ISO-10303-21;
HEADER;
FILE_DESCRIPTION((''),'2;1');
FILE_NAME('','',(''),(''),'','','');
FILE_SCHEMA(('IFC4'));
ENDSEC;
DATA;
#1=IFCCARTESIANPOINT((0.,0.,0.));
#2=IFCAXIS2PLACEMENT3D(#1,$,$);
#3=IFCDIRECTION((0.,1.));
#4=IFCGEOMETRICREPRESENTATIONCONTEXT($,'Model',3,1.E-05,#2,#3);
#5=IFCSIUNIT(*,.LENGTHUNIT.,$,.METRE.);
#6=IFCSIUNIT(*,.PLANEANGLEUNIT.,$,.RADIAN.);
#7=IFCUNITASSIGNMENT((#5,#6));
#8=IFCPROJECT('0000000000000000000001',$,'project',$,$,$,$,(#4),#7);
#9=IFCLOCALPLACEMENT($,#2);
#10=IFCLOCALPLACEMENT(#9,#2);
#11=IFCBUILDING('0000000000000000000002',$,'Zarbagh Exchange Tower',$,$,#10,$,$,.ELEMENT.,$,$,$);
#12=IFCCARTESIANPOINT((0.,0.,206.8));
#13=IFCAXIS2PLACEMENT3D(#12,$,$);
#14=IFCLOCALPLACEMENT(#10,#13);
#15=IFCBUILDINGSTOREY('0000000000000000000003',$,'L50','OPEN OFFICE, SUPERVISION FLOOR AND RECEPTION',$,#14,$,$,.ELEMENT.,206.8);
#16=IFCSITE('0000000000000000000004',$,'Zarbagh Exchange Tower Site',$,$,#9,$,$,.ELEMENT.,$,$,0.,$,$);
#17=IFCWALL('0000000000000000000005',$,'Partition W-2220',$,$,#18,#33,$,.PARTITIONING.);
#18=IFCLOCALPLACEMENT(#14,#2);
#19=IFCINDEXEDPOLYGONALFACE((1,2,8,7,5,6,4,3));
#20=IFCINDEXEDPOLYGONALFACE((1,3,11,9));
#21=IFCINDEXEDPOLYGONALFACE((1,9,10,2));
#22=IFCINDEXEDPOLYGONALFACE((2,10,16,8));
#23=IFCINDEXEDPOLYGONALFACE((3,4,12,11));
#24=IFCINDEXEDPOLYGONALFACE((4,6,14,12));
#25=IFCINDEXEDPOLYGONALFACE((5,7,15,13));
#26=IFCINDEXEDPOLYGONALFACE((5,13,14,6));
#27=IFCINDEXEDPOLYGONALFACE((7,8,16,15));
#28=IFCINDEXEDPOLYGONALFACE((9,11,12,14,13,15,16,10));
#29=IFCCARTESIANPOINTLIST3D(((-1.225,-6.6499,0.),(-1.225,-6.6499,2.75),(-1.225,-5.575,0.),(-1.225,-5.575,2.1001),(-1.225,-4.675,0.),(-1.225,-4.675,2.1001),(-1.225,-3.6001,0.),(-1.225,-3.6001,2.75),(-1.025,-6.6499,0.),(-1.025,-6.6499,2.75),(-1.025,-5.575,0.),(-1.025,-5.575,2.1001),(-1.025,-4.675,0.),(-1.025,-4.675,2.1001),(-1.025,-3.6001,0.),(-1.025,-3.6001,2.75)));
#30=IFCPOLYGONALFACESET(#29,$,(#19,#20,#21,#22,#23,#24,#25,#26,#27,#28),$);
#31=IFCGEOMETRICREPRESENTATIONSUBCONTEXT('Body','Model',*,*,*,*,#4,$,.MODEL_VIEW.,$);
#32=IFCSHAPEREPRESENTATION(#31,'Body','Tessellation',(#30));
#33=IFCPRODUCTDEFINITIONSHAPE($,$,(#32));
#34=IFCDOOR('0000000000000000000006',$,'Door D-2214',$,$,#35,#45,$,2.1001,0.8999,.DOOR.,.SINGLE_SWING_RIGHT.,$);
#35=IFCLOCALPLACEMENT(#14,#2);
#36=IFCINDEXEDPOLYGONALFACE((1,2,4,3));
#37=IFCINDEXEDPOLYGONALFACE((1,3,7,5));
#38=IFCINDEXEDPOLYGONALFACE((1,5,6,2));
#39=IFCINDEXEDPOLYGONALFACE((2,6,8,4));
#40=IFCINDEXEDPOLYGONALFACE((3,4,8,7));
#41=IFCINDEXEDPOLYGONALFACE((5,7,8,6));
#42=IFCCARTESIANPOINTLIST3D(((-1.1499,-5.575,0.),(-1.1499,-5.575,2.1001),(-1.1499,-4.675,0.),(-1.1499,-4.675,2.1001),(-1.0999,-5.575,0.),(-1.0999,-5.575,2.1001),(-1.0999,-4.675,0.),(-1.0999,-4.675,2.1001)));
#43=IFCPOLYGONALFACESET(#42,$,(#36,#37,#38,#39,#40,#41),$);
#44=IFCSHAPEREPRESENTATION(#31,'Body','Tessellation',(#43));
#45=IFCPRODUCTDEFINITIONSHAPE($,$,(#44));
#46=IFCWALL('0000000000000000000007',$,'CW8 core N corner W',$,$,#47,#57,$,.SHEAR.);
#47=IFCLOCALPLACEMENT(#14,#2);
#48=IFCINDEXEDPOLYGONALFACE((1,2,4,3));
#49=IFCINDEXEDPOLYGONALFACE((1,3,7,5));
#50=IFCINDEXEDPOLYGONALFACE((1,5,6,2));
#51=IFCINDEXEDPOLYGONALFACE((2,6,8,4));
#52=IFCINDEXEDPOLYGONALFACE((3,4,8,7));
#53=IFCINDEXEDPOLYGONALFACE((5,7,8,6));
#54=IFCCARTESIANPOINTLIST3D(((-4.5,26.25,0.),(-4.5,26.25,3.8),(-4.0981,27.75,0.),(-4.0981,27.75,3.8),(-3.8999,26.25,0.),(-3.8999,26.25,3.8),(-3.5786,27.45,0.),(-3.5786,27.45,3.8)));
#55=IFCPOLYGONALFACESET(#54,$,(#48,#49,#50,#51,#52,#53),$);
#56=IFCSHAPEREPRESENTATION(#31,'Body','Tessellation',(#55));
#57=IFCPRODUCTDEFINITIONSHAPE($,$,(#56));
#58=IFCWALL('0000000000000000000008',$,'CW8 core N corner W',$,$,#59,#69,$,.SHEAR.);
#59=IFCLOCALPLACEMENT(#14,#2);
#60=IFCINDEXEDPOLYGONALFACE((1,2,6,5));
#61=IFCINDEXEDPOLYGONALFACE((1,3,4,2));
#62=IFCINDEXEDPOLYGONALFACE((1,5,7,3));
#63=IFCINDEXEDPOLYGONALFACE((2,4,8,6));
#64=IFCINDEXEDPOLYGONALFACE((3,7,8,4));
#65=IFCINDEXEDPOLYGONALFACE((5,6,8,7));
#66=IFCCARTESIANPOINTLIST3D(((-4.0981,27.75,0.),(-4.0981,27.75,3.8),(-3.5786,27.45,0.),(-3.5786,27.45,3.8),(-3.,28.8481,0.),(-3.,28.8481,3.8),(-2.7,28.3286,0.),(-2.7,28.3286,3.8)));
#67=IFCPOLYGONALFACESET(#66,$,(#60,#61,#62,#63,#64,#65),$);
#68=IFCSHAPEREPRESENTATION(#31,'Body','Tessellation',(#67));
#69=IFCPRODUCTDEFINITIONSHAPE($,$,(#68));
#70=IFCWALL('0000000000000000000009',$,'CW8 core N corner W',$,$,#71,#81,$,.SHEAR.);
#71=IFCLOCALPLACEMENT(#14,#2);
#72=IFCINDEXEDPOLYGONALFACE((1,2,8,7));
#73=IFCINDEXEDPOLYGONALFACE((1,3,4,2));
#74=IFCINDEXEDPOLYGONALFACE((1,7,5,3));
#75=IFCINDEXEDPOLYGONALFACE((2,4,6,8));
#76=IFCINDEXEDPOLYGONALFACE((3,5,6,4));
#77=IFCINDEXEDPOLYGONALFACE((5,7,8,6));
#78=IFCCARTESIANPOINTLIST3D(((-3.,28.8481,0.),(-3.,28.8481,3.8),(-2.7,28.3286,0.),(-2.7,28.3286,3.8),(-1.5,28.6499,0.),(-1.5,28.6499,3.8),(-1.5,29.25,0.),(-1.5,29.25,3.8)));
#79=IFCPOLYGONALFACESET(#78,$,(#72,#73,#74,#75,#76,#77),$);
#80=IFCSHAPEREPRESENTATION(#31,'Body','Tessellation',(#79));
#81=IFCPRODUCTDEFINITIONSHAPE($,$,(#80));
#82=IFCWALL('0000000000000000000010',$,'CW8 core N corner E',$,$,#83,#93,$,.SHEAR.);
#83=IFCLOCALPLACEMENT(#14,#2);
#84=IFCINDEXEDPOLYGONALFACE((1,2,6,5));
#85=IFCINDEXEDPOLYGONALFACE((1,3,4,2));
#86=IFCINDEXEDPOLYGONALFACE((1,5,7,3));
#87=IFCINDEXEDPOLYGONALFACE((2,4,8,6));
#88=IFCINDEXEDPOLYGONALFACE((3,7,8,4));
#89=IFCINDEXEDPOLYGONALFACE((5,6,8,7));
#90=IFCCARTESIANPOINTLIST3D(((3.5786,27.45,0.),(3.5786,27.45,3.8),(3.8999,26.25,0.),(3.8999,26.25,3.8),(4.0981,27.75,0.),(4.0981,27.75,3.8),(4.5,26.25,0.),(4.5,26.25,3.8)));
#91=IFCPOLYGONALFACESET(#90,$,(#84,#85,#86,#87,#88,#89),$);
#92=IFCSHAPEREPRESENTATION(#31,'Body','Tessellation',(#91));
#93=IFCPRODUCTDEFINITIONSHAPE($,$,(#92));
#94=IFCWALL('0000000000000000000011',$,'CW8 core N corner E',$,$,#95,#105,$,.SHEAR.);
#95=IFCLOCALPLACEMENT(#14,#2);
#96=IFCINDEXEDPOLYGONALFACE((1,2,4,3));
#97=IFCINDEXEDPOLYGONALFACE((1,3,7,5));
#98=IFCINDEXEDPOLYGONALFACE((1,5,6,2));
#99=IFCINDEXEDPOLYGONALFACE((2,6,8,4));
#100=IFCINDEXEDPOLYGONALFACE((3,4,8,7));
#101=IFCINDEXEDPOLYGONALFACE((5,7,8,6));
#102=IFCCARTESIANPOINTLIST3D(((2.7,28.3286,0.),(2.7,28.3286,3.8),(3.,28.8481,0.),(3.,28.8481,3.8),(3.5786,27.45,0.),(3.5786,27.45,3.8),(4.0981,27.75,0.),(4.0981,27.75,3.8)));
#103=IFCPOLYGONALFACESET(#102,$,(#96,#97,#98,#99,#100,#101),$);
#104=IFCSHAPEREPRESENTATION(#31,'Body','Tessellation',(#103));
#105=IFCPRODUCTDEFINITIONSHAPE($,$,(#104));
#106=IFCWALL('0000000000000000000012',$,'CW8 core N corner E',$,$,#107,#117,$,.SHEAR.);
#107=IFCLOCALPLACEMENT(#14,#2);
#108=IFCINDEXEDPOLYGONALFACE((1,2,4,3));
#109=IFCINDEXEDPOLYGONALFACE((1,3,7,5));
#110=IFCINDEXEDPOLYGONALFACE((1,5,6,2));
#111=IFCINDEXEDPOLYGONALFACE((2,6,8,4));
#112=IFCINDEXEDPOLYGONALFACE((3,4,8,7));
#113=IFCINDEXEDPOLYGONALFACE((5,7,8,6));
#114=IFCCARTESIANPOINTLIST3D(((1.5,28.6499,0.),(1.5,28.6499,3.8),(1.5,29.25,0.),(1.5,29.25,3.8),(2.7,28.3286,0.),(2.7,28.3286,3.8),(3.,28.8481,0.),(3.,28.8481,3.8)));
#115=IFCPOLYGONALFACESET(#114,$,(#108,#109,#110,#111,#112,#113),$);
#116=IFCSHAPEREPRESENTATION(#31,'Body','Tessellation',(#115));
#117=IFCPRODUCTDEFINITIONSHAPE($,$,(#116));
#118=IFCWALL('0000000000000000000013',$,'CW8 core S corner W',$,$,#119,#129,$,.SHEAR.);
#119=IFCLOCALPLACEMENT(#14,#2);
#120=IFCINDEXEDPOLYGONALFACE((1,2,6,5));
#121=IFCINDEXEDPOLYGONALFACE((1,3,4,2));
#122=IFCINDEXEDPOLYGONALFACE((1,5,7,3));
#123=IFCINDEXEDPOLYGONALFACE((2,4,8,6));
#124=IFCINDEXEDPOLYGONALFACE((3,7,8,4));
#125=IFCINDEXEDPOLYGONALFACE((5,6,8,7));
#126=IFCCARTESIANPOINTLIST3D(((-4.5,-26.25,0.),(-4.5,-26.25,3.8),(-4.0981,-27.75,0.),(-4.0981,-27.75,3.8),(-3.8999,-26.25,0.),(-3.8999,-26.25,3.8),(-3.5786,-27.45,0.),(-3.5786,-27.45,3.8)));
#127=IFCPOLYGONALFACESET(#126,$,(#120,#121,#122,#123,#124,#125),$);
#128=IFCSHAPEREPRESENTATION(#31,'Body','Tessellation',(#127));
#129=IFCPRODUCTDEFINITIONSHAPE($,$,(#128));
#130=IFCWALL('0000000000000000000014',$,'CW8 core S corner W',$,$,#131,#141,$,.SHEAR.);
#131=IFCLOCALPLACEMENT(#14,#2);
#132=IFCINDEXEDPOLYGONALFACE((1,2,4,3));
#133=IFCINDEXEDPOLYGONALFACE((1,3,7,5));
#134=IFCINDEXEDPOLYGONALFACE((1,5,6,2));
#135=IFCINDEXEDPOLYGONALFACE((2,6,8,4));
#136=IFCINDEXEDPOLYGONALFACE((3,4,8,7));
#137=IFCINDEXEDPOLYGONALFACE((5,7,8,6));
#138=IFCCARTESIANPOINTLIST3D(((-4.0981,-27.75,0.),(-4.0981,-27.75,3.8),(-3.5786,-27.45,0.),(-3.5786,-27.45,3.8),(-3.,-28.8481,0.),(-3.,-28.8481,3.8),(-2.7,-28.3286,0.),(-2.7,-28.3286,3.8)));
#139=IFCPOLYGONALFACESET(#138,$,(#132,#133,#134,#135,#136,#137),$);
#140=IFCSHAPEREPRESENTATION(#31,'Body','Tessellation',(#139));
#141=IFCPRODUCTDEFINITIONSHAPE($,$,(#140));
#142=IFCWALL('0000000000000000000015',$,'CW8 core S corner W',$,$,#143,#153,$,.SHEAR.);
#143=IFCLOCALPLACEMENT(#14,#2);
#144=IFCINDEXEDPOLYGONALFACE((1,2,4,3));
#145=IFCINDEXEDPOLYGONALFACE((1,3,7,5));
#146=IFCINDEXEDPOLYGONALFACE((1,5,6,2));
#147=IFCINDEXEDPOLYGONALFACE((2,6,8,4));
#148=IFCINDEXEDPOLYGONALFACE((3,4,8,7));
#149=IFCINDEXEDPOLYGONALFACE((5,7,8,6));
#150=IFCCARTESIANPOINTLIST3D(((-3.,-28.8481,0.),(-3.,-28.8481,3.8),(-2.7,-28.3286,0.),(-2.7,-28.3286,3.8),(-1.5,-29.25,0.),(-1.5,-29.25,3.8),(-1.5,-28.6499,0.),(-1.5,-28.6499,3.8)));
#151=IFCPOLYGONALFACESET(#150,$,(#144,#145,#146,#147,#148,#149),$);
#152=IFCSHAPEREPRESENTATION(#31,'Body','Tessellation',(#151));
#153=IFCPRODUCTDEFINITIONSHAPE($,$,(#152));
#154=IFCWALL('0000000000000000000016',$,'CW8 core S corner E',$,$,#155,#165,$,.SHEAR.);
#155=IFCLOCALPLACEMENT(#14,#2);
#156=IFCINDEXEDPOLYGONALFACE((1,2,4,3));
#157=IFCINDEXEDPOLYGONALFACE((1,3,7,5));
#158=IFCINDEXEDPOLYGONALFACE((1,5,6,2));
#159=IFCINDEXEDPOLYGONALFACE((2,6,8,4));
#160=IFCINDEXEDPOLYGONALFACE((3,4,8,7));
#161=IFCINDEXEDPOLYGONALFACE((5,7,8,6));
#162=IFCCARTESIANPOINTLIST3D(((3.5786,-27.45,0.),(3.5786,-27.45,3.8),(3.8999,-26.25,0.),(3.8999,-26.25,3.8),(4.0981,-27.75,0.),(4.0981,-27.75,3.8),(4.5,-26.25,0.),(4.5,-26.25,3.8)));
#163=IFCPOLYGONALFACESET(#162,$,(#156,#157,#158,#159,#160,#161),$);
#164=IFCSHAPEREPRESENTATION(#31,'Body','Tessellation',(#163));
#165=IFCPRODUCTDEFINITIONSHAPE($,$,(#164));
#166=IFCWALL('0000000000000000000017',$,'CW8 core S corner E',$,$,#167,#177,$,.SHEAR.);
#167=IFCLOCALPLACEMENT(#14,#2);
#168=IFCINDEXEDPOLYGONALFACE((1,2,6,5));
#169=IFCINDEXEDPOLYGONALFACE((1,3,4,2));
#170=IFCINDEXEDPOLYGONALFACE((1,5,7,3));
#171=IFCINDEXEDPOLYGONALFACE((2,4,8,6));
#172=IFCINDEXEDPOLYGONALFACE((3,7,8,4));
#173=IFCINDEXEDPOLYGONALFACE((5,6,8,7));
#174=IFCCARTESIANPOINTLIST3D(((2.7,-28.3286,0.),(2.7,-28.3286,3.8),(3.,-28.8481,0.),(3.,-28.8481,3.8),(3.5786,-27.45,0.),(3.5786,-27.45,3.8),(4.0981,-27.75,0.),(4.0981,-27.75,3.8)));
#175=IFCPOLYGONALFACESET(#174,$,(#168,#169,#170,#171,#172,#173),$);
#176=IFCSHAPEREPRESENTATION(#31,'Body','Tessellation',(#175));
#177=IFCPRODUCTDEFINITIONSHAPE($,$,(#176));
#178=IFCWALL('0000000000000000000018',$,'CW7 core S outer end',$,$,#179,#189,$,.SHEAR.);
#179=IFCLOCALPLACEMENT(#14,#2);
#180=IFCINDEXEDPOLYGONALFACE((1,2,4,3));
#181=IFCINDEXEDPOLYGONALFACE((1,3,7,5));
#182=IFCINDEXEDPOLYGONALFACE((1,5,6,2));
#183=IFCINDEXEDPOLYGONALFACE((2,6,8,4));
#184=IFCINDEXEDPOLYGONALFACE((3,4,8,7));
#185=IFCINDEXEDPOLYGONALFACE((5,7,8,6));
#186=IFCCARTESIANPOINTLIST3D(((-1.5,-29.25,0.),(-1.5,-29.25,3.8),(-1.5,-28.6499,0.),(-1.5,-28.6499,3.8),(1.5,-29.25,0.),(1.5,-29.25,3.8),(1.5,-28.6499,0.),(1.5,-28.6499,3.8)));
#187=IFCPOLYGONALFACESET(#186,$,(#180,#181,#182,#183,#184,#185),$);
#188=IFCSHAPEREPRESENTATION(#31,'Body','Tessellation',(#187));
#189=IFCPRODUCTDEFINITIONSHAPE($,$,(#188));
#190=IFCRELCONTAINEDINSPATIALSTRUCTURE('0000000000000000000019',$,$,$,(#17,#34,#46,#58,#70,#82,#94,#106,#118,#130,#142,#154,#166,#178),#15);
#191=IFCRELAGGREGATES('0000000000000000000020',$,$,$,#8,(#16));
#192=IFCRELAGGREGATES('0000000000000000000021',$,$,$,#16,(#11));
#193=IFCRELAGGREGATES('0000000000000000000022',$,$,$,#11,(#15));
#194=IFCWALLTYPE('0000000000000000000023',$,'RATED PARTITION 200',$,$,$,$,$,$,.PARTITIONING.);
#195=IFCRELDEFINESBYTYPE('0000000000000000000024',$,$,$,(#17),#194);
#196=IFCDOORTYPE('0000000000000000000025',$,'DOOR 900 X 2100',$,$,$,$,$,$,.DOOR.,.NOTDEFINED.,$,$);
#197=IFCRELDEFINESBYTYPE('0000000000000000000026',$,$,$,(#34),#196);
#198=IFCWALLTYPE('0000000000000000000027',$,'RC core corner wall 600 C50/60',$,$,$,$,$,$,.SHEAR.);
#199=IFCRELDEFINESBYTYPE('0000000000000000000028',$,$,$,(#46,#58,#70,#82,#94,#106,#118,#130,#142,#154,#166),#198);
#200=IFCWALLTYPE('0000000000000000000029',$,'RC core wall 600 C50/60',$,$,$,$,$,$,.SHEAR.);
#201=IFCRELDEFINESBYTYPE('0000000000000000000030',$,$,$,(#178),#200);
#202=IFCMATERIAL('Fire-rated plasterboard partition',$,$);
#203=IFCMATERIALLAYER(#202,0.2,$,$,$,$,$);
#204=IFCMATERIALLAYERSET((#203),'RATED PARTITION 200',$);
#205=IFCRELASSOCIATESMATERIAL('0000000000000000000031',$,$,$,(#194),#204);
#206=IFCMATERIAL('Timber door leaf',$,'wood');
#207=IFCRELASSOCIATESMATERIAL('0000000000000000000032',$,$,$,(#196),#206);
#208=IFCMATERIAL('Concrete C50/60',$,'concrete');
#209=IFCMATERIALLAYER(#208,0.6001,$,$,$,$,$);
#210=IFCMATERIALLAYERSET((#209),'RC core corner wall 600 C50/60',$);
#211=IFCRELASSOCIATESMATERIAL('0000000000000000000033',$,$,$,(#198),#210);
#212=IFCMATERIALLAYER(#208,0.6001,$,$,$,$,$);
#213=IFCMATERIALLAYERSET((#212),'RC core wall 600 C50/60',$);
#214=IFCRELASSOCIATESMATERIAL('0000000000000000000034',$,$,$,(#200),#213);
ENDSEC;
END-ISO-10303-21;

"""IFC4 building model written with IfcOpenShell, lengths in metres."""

from ifc_helpers import new_model, si_unit, direction, frame, frame_2d, origin, place, context, subcontext, project, spatial, polyline, rectangle, outline, extrude, material, layer, layer_set, type_object, element, fill, save


model = new_model("IFC4")

# Units and contexts
model_context = context("Model", 3, precision=1e-05, world=origin(), true_north=direction((0.0, 1.0)))
body_context = subcontext(model_context, "Body", "Model", "MODEL_VIEW")
ifc_project = project(units=[si_unit("LENGTHUNIT", "METRE"), si_unit("PLANEANGLEUNIT", "RADIAN")], contexts=[model_context])

# Site, building, storey
site_placement = place(None, origin())
site = spatial("IfcSite", under=ifc_project, at=site_placement, Name="Zarbagh Exchange Tower Site", CompositionType="ELEMENT", RefElevation=0.0)
building_placement = place(site_placement, origin())
building = spatial("IfcBuilding", under=site, at=building_placement, Name="Zarbagh Exchange Tower", CompositionType="ELEMENT")
storey_placement = place(building_placement, frame((0.0, 0.0, 206.8)))
storey = spatial("IfcBuildingStorey", under=building, at=storey_placement, Name="L50", Description="OPEN OFFICE, SUPERVISION FLOOR AND RECEPTION", CompositionType="ELEMENT", Elevation=206.8)

# Shared definitions
ifc_material_1 = material(Name="Fire-rated plasterboard partition")
ifc_layer_1 = layer(ifc_material_1, 0.2)
ifc_layer_set_1 = layer_set([ifc_layer_1], Name="RATED PARTITION 200")
wall_type_1 = type_object("IfcWallType", Name="RATED PARTITION 200", PredefinedType="PARTITIONING", material=ifc_layer_set_1)
ifc_material_2 = material(Name="Timber door leaf", Category="wood")
door_type_1 = type_object("IfcDoorType", Name="DOOR 900 X 2100", OperationType="NOTDEFINED", PredefinedType="DOOR", material=ifc_material_2)

# Wall, opening, door
wall_1_placement = place(storey_placement, frame((-1.125, -6.6499, 0.0), z_axis=(0.0, 0.0, 1.0), x_axis=(0.0, 1.0, 0.0)))
wall_1 = element("IfcWall", 1, at=wall_1_placement, inside=storey, type_object=wall_type_1, Name="Partition W-2220", PredefinedType="PARTITIONING", context=body_context, shape_type="SweptSolid", body=[
    extrude(rectangle(XDim=3.0498, YDim=0.2, at=frame_2d((1.5249, 0.0))), origin(), (0.0, 0.0, 1.0), 2.75),
])
opening_1_placement = place(wall_1_placement, frame((1.075, 0.0, 0.0)))
opening_1 = element("IfcOpeningElement", 2, at=opening_1_placement, cuts=wall_1, PredefinedType="OPENING", context=body_context, shape_type="SweptSolid", body=[
    extrude(rectangle(XDim=0.8999, YDim=2.1001, at=frame_2d((0.45, 1.05))), frame((0.0, 0.1099, 0.0), z_axis=(0.0, -1.0, 0.0), x_axis=(1.0, 0.0, 0.0)), (0.0, 0.0, 1.0), 0.22),
])
door_1_placement = place(opening_1_placement, origin())
door_1 = element("IfcDoor", 3, at=door_1_placement, inside=storey, type_object=door_type_1, Name="Door D-2214", OperationType="SINGLE_SWING_RIGHT", OverallHeight=2.1001, OverallWidth=0.8999, PredefinedType="DOOR", context=body_context, shape_type="SweptSolid", body=[
    extrude(rectangle(XDim=0.8999, YDim=2.1001, at=frame_2d((0.45, 1.05))), frame((0.0, 0.0249, 0.0), z_axis=(0.0, -1.0, 0.0), x_axis=(1.0, 0.0, 0.0)), (0.0, 0.0, 1.0), 0.05),
])
fill(opening_1, door_1)

# Walls
ifc_material_3 = material(Name="Concrete C50/60", Category="concrete")
ifc_layer_2 = layer(ifc_material_3, 0.6001)
ifc_layer_set_2 = layer_set([ifc_layer_2], Name="RC core corner wall 600 C50/60")
wall_type_2 = type_object("IfcWallType", Name="RC core corner wall 600 C50/60", PredefinedType="SHEAR", material=ifc_layer_set_2)
wall_2_placement = place(storey_placement, origin())
element("IfcWall", 4, at=wall_2_placement, inside=storey, type_object=wall_type_2, Name="CW8 core N corner W", PredefinedType="SHEAR", context=body_context, shape_type="SweptSolid", body=[
    extrude(outline(polyline([(-4.5, 26.25), (-4.0981, 27.75), (-3.5786, 27.45), (-3.8999, 26.25), (-4.5, 26.25)])), origin(), (0.0, 0.0, 1.0), 3.8),
])
wall_3_placement = place(storey_placement, origin())
element("IfcWall", 5, at=wall_3_placement, inside=storey, type_object=wall_type_2, Name="CW8 core N corner W", PredefinedType="SHEAR", context=body_context, shape_type="SweptSolid", body=[
    extrude(outline(polyline([(-4.0981, 27.75), (-3.0, 28.8481), (-2.7, 28.3286), (-3.5786, 27.45), (-4.0981, 27.75)])), origin(), (0.0, 0.0, 1.0), 3.8),
])
wall_4_placement = place(storey_placement, origin())
element("IfcWall", 6, at=wall_4_placement, inside=storey, type_object=wall_type_2, Name="CW8 core N corner W", PredefinedType="SHEAR", context=body_context, shape_type="SweptSolid", body=[
    extrude(outline(polyline([(-3.0, 28.8481), (-1.5, 29.25), (-1.5, 28.6499), (-2.7, 28.3286), (-3.0, 28.8481)])), origin(), (0.0, 0.0, 1.0), 3.8),
])
wall_5_placement = place(storey_placement, origin())
element("IfcWall", 7, at=wall_5_placement, inside=storey, type_object=wall_type_2, Name="CW8 core N corner E", PredefinedType="SHEAR", context=body_context, shape_type="SweptSolid", body=[
    extrude(outline(polyline([(4.5, 26.25), (4.0981, 27.75), (3.5786, 27.45), (3.8999, 26.25), (4.5, 26.25)])), origin(), (0.0, 0.0, 1.0), 3.8),
])
wall_6_placement = place(storey_placement, origin())
element("IfcWall", 8, at=wall_6_placement, inside=storey, type_object=wall_type_2, Name="CW8 core N corner E", PredefinedType="SHEAR", context=body_context, shape_type="SweptSolid", body=[
    extrude(outline(polyline([(4.0981, 27.75), (3.0, 28.8481), (2.7, 28.3286), (3.5786, 27.45), (4.0981, 27.75)])), origin(), (0.0, 0.0, 1.0), 3.8),
])
wall_7_placement = place(storey_placement, origin())
element("IfcWall", 9, at=wall_7_placement, inside=storey, type_object=wall_type_2, Name="CW8 core N corner E", PredefinedType="SHEAR", context=body_context, shape_type="SweptSolid", body=[
    extrude(outline(polyline([(3.0, 28.8481), (1.5, 29.25), (1.5, 28.6499), (2.7, 28.3286), (3.0, 28.8481)])), origin(), (0.0, 0.0, 1.0), 3.8),
])
wall_8_placement = place(storey_placement, origin())
element("IfcWall", 10, at=wall_8_placement, inside=storey, type_object=wall_type_2, Name="CW8 core S corner W", PredefinedType="SHEAR", context=body_context, shape_type="SweptSolid", body=[
    extrude(outline(polyline([(-4.5, -26.25), (-4.0981, -27.75), (-3.5786, -27.45), (-3.8999, -26.25), (-4.5, -26.25)])), origin(), (0.0, 0.0, 1.0), 3.8),
])
wall_9_placement = place(storey_placement, origin())
element("IfcWall", 11, at=wall_9_placement, inside=storey, type_object=wall_type_2, Name="CW8 core S corner W", PredefinedType="SHEAR", context=body_context, shape_type="SweptSolid", body=[
    extrude(outline(polyline([(-4.0981, -27.75), (-3.0, -28.8481), (-2.7, -28.3286), (-3.5786, -27.45), (-4.0981, -27.75)])), origin(), (0.0, 0.0, 1.0), 3.8),
])
wall_10_placement = place(storey_placement, origin())
element("IfcWall", 12, at=wall_10_placement, inside=storey, type_object=wall_type_2, Name="CW8 core S corner W", PredefinedType="SHEAR", context=body_context, shape_type="SweptSolid", body=[
    extrude(outline(polyline([(-3.0, -28.8481), (-1.5, -29.25), (-1.5, -28.6499), (-2.7, -28.3286), (-3.0, -28.8481)])), origin(), (0.0, 0.0, 1.0), 3.8),
])
wall_11_placement = place(storey_placement, origin())
element("IfcWall", 13, at=wall_11_placement, inside=storey, type_object=wall_type_2, Name="CW8 core S corner E", PredefinedType="SHEAR", context=body_context, shape_type="SweptSolid", body=[
    extrude(outline(polyline([(4.5, -26.25), (4.0981, -27.75), (3.5786, -27.45), (3.8999, -26.25), (4.5, -26.25)])), origin(), (0.0, 0.0, 1.0), 3.8),
])
wall_12_placement = place(storey_placement, origin())
element("IfcWall", 14, at=wall_12_placement, inside=storey, type_object=wall_type_2, Name="CW8 core S corner E", PredefinedType="SHEAR", context=body_context, shape_type="SweptSolid", body=[
    extrude(outline(polyline([(4.0981, -27.75), (3.0, -28.8481), (2.7, -28.3286), (3.5786, -27.45), (4.0981, -27.75)])), origin(), (0.0, 0.0, 1.0), 3.8),
])
ifc_layer_3 = layer(ifc_material_3, 0.6001)
ifc_layer_set_3 = layer_set([ifc_layer_3], Name="RC core wall 600 C50/60")
wall_type_3 = type_object("IfcWallType", Name="RC core wall 600 C50/60", PredefinedType="SHEAR", material=ifc_layer_set_3)
wall_13_placement = place(storey_placement, frame((-1.5, -28.95, 0.0), z_axis=(0.0, 0.0, 1.0), x_axis=(1.0, 0.0, 0.0)))
element("IfcWall", 15, at=wall_13_placement, inside=storey, type_object=wall_type_3, Name="CW7 core S outer end", PredefinedType="SHEAR", context=body_context, shape_type="SweptSolid", body=[
    extrude(rectangle(XDim=3.0, YDim=0.6001, at=frame_2d((1.5, 0.0))), origin(), (0.0, 0.0, 1.0), 3.8),
])

save(model, "model.ifc")
